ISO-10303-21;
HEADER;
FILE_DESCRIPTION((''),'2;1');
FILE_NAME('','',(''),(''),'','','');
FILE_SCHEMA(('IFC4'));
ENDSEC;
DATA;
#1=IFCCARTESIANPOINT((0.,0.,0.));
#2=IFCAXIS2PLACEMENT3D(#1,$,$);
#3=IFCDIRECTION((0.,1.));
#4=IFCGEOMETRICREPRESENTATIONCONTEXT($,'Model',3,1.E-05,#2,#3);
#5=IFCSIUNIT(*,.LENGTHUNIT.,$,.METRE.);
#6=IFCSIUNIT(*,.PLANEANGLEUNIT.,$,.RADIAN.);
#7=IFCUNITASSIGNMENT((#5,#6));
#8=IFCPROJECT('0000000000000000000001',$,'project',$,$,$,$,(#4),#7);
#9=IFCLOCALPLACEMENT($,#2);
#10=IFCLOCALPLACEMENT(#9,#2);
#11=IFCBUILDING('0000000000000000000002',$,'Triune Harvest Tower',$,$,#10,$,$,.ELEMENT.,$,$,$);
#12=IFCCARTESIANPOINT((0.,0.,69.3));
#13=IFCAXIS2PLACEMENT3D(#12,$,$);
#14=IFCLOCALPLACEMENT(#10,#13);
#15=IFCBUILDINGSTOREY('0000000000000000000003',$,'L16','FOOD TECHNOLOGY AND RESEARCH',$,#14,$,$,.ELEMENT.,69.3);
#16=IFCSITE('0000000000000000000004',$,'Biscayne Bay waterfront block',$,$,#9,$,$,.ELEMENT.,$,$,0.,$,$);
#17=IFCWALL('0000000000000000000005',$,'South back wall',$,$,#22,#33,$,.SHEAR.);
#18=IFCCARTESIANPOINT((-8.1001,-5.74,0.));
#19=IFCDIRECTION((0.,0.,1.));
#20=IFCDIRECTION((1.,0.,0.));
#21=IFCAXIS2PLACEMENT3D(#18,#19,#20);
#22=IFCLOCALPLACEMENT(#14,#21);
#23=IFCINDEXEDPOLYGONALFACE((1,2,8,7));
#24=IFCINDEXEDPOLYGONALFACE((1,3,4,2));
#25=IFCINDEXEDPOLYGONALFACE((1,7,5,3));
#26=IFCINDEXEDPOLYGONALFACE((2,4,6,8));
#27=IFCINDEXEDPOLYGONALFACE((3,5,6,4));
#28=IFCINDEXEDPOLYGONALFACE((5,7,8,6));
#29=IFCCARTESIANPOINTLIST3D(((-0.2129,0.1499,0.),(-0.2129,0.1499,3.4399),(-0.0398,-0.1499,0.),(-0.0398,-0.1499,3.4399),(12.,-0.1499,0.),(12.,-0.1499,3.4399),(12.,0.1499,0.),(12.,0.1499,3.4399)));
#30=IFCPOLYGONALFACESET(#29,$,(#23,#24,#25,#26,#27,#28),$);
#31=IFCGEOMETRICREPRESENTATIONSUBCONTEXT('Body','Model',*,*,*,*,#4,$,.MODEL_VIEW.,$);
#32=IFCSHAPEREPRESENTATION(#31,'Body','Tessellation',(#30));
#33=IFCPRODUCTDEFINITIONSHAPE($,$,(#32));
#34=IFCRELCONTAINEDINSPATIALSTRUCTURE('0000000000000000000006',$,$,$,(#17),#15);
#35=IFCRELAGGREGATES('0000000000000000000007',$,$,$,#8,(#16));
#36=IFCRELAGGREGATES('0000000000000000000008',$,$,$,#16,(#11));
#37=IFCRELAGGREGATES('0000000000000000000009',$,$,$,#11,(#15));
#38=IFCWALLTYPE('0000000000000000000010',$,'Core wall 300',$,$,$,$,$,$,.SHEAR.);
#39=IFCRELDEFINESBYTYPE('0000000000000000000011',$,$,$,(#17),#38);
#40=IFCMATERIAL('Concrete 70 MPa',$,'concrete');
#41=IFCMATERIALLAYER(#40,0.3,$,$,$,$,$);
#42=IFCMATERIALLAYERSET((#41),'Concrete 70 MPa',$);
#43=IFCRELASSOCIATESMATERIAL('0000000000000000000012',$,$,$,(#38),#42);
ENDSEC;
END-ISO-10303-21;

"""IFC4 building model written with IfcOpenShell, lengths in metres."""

from ifc_helpers import new_model, si_unit, direction, frame, origin, place, context, subcontext, project, spatial, polyline, outline, extrude, source, transform, mapped, material, layer, layer_set, type_object, element, save


model = new_model("IFC4")

# Units and contexts
model_context = context("Model", 3, precision=1e-05, world=origin(), true_north=direction((0.0, 1.0)))
body_context = subcontext(model_context, "Body", "Model", "MODEL_VIEW")
ifc_project = project(units=[si_unit("LENGTHUNIT", "METRE"), si_unit("PLANEANGLEUNIT", "RADIAN")], contexts=[model_context])

# Site, building, storey
site_placement = place(None, origin())
site = spatial("IfcSite", under=ifc_project, at=site_placement, Name="Biscayne Bay waterfront block", CompositionType="ELEMENT", RefElevation=0.0)
building_placement = place(site_placement, origin())
building = spatial("IfcBuilding", under=site, at=building_placement, Name="Triune Harvest Tower", CompositionType="ELEMENT")
storey_placement = place(building_placement, frame((0.0, 0.0, 69.3)))
storey = spatial("IfcBuildingStorey", under=building, at=storey_placement, Name="L16", Description="FOOD TECHNOLOGY AND RESEARCH", CompositionType="ELEMENT", Elevation=69.3)

# Shared definitions
ifc_material_1 = material(Name="Concrete 70 MPa", Category="concrete")
ifc_layer_1 = layer(ifc_material_1, 0.3)
ifc_layer_set_1 = layer_set([ifc_layer_1], Name="Concrete 70 MPa")
wall_type_1 = type_object("IfcWallType", Name="Core wall 300", PredefinedType="SHEAR", material=ifc_layer_set_1)

# Wall
shared_shape_1 = source(origin(), body_context, "Body", "SweptSolid", [
    extrude(outline(polyline([(12.0, -0.1499), (-0.0398, -0.1499), (-0.2129, 0.1499), (12.0, 0.1499), (12.0, -0.1499)])), origin(), (0.0, 0.0, 1.0), 3.4399),
])
wall_1_placement = place(storey_placement, frame((-8.1001, -5.74, 0.0), z_axis=(0.0, 0.0, 1.0), x_axis=(1.0, 0.0, 0.0)))
element("IfcWall", 1, at=wall_1_placement, inside=storey, type_object=wall_type_1, Name="South back wall", PredefinedType="SHEAR", context=body_context, shape_type="MappedRepresentation", body=[
    mapped(shared_shape_1, transform((0.0, 0.0, 0.0), scale=1.0)),
])

save(model, "model.ifc")
